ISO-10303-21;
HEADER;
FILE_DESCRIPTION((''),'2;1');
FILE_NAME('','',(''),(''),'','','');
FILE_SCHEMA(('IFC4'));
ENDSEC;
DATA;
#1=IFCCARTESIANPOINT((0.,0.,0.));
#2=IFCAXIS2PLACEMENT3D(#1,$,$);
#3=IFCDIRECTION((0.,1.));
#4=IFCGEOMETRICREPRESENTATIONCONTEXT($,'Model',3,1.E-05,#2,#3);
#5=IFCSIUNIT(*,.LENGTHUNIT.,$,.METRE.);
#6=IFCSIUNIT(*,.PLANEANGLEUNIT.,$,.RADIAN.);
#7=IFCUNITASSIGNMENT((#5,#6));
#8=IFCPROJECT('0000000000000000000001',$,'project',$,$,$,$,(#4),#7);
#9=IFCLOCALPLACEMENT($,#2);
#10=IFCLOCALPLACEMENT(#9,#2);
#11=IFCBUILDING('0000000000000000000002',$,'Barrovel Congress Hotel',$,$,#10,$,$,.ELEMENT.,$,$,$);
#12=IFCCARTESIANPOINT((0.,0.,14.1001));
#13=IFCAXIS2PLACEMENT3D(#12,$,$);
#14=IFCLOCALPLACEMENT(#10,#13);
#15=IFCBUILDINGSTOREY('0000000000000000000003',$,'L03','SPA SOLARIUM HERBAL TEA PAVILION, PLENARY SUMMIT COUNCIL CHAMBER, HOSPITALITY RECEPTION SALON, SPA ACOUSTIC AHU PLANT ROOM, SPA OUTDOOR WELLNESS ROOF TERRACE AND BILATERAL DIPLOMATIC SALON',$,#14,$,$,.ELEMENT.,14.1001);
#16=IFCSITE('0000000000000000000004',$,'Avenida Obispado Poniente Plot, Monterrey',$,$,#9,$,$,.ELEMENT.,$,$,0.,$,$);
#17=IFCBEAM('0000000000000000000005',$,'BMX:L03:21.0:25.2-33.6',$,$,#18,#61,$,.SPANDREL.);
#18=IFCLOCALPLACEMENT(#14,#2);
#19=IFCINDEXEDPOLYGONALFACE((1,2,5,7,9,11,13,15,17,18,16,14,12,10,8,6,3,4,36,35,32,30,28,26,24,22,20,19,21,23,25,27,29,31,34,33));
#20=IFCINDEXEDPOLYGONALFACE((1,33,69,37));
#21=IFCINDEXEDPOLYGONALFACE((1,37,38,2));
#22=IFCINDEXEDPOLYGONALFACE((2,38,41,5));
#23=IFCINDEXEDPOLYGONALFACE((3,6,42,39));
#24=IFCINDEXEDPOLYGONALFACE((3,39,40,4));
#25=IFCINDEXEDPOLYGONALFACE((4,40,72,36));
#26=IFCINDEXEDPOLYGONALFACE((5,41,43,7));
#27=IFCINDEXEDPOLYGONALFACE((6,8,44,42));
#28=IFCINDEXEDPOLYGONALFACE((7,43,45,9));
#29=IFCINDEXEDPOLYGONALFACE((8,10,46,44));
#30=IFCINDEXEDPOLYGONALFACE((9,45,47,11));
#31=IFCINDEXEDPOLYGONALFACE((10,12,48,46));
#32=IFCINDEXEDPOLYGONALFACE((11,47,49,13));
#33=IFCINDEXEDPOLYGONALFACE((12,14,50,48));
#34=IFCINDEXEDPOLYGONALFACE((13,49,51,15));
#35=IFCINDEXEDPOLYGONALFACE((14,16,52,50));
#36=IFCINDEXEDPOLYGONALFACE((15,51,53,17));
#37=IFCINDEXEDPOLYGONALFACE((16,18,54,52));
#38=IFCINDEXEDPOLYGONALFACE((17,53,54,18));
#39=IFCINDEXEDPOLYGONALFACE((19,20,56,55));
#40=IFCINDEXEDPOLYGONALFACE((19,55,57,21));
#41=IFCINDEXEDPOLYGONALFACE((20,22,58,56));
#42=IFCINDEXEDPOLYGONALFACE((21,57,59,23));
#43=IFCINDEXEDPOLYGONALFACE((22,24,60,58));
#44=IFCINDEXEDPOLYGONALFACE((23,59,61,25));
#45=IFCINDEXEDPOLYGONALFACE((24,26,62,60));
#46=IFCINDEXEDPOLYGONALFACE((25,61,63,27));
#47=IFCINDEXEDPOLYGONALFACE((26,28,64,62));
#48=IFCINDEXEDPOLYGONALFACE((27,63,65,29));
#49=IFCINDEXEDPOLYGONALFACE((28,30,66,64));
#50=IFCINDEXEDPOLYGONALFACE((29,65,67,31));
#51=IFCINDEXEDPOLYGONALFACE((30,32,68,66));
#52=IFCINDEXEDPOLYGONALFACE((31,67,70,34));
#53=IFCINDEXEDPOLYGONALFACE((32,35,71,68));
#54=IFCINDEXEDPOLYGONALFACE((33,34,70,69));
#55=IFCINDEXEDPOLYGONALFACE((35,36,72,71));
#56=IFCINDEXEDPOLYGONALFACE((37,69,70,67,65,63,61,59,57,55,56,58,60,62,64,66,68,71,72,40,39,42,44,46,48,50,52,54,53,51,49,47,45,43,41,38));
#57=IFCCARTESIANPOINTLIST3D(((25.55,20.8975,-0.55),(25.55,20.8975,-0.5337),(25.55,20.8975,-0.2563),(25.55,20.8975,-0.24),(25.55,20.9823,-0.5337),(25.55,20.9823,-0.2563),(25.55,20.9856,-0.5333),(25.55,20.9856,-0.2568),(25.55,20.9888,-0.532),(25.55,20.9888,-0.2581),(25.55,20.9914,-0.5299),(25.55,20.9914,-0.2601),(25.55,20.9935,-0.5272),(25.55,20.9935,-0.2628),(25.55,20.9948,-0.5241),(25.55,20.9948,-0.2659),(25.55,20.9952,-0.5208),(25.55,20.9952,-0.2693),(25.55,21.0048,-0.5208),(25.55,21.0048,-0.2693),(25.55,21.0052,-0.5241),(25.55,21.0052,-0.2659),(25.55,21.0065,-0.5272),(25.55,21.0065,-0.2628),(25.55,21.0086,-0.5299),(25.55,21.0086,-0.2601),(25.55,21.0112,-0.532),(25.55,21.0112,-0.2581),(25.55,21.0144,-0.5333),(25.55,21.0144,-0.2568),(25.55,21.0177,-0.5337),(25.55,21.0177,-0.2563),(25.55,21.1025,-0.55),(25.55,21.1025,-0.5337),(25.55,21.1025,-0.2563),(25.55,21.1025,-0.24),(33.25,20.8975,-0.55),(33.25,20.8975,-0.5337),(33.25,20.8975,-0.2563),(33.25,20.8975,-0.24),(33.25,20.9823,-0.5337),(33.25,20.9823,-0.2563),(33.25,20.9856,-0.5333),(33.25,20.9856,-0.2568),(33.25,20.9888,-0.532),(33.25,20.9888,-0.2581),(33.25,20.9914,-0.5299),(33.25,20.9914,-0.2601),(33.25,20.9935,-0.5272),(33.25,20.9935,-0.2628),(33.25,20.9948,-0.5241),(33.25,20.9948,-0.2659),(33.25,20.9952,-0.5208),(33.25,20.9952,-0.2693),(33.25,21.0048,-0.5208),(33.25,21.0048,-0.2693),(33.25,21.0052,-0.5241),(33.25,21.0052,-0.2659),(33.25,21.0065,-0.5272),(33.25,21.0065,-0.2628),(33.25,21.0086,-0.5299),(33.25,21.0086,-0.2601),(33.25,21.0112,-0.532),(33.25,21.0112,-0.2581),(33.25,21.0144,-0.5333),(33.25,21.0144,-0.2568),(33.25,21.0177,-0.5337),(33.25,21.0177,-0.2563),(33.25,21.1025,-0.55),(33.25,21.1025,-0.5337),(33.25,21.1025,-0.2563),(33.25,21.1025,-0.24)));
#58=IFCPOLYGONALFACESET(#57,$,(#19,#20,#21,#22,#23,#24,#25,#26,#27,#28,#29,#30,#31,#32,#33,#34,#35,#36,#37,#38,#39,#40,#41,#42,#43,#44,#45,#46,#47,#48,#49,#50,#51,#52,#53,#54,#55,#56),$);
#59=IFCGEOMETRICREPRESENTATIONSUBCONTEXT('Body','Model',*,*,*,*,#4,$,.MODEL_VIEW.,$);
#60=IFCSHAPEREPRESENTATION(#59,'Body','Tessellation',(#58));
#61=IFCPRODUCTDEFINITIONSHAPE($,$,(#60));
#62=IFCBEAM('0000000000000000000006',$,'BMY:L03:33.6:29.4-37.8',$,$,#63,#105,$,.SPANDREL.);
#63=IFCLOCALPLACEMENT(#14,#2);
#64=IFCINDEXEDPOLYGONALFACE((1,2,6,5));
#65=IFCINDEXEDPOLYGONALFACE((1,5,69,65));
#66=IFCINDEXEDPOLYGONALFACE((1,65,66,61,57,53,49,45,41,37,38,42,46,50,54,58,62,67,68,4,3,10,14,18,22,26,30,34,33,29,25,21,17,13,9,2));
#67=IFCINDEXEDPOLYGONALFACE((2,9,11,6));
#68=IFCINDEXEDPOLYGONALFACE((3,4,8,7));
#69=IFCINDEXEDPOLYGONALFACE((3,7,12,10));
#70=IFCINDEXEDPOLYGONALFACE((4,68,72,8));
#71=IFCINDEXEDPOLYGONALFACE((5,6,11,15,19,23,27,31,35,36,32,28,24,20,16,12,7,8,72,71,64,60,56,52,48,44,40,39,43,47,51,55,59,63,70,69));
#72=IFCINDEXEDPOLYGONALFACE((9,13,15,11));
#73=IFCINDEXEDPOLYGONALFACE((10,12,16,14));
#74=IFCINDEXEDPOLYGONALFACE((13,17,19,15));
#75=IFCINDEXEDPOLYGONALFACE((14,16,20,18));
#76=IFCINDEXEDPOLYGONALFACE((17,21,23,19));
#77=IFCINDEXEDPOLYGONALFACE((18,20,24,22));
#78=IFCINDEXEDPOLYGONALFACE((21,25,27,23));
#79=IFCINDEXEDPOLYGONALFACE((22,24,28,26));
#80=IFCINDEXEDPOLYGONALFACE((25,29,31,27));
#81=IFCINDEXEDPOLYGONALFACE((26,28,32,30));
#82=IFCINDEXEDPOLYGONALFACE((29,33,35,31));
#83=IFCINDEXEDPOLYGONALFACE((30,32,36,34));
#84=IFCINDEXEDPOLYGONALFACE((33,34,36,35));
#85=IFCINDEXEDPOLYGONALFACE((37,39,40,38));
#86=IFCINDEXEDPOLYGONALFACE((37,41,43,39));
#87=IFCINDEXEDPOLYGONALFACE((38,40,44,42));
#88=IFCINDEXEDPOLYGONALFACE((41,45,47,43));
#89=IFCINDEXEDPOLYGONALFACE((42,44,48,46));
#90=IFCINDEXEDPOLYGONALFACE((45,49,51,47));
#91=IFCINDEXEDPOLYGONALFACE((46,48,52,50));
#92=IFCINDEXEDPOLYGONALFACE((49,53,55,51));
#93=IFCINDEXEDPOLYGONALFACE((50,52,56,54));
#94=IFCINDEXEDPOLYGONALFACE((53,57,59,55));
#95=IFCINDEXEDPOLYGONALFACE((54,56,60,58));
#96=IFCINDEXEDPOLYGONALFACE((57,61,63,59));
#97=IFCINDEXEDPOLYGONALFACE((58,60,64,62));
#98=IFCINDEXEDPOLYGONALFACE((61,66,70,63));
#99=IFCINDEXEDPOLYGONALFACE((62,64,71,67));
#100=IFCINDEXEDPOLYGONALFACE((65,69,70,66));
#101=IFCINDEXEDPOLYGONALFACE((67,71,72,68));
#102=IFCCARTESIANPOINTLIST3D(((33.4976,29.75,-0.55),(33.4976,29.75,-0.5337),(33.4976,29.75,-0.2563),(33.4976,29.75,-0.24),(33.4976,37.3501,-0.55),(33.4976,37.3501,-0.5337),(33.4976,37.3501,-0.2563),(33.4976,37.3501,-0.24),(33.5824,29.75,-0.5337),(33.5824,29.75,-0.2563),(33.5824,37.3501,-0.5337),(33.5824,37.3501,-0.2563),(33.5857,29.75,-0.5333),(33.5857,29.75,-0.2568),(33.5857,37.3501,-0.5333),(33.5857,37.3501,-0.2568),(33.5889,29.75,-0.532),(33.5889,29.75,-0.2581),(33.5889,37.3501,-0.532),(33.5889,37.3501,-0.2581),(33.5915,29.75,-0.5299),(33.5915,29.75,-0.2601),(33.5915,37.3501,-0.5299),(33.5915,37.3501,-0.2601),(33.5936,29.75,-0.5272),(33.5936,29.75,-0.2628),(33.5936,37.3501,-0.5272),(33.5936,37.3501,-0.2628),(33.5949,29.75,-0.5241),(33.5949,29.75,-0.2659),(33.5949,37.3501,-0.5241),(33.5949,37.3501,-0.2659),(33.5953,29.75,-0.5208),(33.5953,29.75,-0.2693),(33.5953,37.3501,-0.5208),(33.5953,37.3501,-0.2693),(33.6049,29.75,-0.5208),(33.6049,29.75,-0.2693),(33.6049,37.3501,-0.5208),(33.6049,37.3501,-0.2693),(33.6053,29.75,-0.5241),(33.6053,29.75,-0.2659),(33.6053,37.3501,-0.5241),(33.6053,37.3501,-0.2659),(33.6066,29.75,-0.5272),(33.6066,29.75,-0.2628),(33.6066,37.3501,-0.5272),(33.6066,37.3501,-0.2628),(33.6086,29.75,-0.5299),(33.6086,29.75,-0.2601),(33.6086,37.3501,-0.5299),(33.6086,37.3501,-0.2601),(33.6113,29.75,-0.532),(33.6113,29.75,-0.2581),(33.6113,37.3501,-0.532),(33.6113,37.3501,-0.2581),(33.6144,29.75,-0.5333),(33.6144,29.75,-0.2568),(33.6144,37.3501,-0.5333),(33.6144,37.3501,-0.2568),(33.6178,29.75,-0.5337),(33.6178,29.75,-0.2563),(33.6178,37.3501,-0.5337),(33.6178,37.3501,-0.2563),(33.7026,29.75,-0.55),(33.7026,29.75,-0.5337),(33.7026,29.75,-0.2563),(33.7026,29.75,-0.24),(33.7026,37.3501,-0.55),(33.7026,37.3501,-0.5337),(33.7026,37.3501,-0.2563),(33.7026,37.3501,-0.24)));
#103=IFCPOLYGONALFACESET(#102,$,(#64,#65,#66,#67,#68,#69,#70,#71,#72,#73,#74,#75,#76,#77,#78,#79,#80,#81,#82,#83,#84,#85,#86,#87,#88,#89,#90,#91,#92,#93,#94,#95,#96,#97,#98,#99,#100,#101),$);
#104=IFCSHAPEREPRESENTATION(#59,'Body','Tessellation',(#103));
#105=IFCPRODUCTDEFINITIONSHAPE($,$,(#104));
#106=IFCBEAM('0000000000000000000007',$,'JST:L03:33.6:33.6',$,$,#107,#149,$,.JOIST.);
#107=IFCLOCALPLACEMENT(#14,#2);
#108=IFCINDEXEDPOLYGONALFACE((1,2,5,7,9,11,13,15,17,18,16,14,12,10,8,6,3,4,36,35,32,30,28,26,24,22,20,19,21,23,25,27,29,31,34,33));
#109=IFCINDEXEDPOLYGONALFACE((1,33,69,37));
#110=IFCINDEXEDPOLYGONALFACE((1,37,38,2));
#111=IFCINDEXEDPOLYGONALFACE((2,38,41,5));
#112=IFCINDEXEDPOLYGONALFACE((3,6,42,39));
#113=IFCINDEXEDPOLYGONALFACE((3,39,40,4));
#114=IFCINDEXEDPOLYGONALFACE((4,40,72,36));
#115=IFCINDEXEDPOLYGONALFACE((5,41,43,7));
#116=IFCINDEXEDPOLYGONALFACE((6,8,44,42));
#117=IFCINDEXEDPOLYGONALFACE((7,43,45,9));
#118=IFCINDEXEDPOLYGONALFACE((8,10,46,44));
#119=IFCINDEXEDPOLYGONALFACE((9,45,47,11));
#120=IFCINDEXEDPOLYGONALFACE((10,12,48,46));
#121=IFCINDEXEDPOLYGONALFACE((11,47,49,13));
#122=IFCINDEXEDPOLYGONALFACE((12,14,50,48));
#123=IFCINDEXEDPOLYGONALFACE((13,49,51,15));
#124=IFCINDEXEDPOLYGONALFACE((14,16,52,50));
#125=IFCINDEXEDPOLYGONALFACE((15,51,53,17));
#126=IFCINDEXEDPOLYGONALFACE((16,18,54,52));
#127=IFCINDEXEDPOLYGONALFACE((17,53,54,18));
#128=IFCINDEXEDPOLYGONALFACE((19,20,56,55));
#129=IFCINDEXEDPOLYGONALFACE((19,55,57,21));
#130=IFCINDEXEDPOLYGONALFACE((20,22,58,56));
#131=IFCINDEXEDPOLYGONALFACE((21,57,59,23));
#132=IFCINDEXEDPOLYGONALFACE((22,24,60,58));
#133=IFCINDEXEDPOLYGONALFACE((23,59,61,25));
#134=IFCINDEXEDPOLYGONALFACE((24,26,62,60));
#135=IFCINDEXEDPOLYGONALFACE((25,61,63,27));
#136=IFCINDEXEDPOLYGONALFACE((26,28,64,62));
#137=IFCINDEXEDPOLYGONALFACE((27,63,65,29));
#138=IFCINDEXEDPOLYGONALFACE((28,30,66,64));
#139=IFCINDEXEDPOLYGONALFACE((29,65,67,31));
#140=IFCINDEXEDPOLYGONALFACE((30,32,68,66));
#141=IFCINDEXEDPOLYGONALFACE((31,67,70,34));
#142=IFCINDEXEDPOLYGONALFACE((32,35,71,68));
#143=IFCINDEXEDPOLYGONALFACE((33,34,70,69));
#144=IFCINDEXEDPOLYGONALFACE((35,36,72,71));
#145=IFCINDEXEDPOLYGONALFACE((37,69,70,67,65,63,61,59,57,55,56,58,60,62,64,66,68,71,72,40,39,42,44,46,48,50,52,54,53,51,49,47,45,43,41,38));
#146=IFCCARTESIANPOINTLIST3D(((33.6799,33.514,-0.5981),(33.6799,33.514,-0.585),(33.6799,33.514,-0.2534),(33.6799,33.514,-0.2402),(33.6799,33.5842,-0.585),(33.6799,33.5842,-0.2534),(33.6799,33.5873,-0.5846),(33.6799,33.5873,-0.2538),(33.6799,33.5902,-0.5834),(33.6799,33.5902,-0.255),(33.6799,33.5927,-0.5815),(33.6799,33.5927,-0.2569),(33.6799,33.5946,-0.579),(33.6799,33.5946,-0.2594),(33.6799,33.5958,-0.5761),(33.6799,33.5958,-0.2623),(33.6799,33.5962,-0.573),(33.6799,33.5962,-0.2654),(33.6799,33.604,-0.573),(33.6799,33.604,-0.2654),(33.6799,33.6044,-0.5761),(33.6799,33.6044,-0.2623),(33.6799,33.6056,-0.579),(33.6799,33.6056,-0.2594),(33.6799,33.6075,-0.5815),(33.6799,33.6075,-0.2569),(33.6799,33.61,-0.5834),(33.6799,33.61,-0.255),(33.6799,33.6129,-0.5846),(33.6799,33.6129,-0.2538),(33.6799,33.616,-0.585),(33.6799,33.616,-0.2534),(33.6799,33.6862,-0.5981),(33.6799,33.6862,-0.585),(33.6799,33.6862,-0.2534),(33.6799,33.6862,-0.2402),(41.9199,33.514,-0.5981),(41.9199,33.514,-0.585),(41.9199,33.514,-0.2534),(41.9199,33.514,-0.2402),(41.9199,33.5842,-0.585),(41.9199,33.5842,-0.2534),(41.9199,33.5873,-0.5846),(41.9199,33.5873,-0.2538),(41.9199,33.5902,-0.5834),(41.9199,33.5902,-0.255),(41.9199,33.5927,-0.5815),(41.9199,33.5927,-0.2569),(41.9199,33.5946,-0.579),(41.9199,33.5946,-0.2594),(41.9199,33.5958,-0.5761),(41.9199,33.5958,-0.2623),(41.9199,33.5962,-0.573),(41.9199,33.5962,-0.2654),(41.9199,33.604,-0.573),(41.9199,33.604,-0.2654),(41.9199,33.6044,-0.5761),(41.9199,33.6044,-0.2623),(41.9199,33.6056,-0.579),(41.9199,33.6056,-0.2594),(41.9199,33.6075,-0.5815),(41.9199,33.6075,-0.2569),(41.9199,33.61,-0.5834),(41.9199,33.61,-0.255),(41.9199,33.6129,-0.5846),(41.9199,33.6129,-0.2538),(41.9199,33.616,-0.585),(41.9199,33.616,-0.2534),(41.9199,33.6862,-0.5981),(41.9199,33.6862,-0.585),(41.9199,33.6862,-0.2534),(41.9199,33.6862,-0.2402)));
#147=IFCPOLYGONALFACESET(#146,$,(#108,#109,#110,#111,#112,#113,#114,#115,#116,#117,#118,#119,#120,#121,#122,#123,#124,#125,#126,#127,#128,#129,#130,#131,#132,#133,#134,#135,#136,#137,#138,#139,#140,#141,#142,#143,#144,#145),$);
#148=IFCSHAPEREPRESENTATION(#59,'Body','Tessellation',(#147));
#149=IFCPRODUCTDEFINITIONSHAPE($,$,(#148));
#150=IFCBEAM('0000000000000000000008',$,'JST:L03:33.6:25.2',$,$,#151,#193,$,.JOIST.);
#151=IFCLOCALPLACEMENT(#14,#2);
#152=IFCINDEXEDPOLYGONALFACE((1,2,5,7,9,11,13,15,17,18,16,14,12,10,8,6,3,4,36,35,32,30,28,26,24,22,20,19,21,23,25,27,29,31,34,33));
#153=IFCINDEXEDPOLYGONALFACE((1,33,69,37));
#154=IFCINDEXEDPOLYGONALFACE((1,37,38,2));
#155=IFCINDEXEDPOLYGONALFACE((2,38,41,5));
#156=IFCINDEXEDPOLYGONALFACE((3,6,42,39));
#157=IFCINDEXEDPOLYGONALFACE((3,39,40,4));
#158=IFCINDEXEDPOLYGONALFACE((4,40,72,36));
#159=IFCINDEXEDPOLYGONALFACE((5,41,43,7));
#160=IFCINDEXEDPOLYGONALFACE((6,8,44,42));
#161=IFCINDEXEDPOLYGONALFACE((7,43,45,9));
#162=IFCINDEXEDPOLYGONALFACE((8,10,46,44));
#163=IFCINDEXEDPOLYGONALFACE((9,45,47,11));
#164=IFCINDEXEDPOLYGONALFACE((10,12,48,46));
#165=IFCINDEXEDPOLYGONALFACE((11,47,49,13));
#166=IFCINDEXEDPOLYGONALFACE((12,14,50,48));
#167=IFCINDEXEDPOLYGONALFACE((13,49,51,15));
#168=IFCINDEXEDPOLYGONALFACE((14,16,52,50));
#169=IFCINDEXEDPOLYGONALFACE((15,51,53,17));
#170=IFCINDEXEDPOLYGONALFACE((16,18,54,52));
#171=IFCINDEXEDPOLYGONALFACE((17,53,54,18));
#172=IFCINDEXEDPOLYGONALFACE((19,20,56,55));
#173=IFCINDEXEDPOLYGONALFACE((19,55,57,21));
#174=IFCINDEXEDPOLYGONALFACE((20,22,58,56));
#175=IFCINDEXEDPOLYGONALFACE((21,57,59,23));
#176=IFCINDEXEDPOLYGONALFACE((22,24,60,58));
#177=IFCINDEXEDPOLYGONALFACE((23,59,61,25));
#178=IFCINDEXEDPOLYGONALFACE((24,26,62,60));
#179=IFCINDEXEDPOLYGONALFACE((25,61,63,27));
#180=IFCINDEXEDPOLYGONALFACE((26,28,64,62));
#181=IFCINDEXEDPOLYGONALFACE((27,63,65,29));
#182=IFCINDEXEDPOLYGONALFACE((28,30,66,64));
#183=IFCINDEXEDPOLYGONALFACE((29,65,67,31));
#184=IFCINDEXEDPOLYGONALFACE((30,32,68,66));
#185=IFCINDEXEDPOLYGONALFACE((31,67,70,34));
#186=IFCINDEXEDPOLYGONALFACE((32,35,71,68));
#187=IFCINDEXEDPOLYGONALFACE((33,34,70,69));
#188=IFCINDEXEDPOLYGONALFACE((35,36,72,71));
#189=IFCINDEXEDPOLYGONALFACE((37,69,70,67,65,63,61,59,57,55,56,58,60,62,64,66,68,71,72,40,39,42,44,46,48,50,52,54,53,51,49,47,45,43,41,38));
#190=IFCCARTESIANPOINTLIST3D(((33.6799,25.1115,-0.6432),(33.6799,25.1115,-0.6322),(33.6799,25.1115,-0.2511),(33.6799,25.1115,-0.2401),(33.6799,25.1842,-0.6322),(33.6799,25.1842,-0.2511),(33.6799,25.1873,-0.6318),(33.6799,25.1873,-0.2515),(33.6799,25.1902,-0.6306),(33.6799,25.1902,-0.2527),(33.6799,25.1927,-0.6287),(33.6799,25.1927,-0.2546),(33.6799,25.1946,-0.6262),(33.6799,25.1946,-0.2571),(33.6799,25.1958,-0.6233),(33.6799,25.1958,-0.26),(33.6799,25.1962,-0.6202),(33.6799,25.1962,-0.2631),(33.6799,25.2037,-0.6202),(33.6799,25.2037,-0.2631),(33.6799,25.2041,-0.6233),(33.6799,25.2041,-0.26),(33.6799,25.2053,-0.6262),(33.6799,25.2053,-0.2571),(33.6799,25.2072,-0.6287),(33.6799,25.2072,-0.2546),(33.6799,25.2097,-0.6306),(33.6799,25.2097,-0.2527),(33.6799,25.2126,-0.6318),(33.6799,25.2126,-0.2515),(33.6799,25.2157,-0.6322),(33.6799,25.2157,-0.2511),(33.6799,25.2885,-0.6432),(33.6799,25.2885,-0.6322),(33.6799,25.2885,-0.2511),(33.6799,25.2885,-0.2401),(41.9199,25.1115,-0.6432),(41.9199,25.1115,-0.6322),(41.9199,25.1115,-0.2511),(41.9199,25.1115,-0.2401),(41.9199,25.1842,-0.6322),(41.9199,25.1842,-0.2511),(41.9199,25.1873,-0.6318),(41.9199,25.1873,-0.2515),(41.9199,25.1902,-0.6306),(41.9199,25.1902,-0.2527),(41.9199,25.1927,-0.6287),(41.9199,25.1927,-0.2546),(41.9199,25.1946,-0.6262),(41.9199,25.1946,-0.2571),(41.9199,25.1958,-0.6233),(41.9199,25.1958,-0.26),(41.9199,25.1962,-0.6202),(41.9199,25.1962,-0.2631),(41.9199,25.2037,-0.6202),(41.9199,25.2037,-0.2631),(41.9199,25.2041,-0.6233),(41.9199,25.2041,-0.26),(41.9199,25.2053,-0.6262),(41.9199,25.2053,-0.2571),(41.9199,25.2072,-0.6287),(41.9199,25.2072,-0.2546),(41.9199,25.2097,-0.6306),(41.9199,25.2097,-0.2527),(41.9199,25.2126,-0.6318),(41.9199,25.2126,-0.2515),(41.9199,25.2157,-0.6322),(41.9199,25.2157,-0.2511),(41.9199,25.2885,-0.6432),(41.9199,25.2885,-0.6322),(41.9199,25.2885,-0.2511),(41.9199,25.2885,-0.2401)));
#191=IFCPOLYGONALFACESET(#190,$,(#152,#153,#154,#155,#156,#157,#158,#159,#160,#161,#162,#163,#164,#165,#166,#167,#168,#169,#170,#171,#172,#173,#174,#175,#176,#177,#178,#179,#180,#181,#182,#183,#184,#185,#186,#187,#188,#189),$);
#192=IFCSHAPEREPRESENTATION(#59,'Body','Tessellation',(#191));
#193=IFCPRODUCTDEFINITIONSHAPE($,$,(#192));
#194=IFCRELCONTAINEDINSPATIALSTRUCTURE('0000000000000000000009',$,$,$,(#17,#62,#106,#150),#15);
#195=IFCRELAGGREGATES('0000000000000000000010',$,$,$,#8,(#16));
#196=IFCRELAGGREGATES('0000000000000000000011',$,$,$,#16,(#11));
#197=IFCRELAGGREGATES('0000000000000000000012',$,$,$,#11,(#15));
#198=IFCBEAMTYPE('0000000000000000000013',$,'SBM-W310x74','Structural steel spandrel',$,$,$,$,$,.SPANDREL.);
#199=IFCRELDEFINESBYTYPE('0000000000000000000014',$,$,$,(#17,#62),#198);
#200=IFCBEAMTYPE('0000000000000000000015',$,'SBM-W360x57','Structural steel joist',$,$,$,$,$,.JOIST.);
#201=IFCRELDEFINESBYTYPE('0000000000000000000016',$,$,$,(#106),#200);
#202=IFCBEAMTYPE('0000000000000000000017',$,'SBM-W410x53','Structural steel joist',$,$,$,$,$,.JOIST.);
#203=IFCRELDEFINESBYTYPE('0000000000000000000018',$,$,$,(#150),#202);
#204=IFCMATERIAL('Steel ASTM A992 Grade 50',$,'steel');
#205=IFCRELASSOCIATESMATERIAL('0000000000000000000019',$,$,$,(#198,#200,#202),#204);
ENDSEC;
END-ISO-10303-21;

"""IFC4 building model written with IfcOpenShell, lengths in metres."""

from ifc_helpers import new_model, si_unit, direction, frame, origin, origin_2d, place, context, subcontext, project, spatial, i_section, extrude, material, material_profile, profile_set, type_object, element, save


model = new_model("IFC4")

# Units and contexts
model_context = context("Model", 3, precision=1e-05, world=origin(), true_north=direction((0.0, 1.0)))
body_context = subcontext(model_context, "Body", "Model", "MODEL_VIEW")
ifc_project = project(units=[si_unit("LENGTHUNIT", "METRE"), si_unit("PLANEANGLEUNIT", "RADIAN")], contexts=[model_context])

# Site, building, storey
site_placement = place(None, origin())
site = spatial("IfcSite", under=ifc_project, at=site_placement, Name="Avenida Obispado Poniente Plot, Monterrey", CompositionType="ELEMENT", RefElevation=0.0)
building_placement = place(site_placement, origin())
building = spatial("IfcBuilding", under=site, at=building_placement, Name="Barrovel Congress Hotel", CompositionType="ELEMENT")
storey_placement = place(building_placement, frame((0.0, 0.0, 14.1001)))
storey = spatial("IfcBuildingStorey", under=building, at=storey_placement, Name="L03", Description="SPA SOLARIUM HERBAL TEA PAVILION, PLENARY SUMMIT COUNCIL CHAMBER, HOSPITALITY RECEPTION SALON, SPA ACOUSTIC AHU PLANT ROOM, SPA OUTDOOR WELLNESS ROOF TERRACE AND BILATERAL DIPLOMATIC SALON", CompositionType="ELEMENT", Elevation=14.1001)

# Beams
ifc_material_1 = material(Name="Steel ASTM A992 Grade 50", Category="steel")
ifc_material_profile_1 = material_profile(ifc_material_1, i_section(OverallWidth=0.2051, OverallDepth=0.3101, WebThickness=0.0095, FlangeThickness=0.0164, FilletRadius=0.0129, at=origin_2d()), Name="W310x74")
ifc_profile_set_1 = profile_set([ifc_material_profile_1], Name="Steel ASTM A992 Grade 50")
beam_type_1 = type_object("IfcBeamType", Name="SBM-W310x74", Description="Structural steel spandrel", PredefinedType="SPANDREL", material=ifc_profile_set_1)
beam_1_placement = place(storey_placement, frame((25.55, 21.0, -0.395), z_axis=(1.0, 0.0, 0.0), x_axis=(0.0, 1.0, 0.0)))
element("IfcBeam", 1, at=beam_1_placement, inside=storey, type_object=beam_type_1, Name="BMX:L03:21.0:25.2-33.6", PredefinedType="SPANDREL", context=body_context, shape_type="SweptSolid", body=[
    extrude(i_section(OverallWidth=0.2051, OverallDepth=0.3101, WebThickness=0.0095, FlangeThickness=0.0164, FilletRadius=0.0129, at=origin_2d()), origin(), (0.0, 0.0, 1.0), 7.7),
])
beam_2_placement = place(storey_placement, frame((33.6001, 29.75, -0.395), z_axis=(0.0, 1.0, 0.0), x_axis=(-1.0, 0.0, 0.0)))
element("IfcBeam", 2, at=beam_2_placement, inside=storey, type_object=beam_type_1, Name="BMY:L03:33.6:29.4-37.8", PredefinedType="SPANDREL", context=body_context, shape_type="SweptSolid", body=[
    extrude(i_section(OverallWidth=0.2051, OverallDepth=0.3101, WebThickness=0.0095, FlangeThickness=0.0164, FilletRadius=0.0129, at=origin_2d()), origin(), (0.0, 0.0, 1.0), 7.6001),
])
ifc_material_profile_2 = material_profile(ifc_material_1, i_section(OverallWidth=0.1721, OverallDepth=0.3579, WebThickness=0.0078, FlangeThickness=0.0132, FilletRadius=0.012, at=origin_2d()), Name="W360x57")
ifc_profile_set_2 = profile_set([ifc_material_profile_2], Name="Steel ASTM A992 Grade 50")
beam_type_2 = type_object("IfcBeamType", Name="SBM-W360x57", Description="Structural steel joist", PredefinedType="JOIST", material=ifc_profile_set_2)
beam_3_placement = place(storey_placement, frame((33.6799, 33.6001, -0.4192), z_axis=(1.0, 0.0, 0.0), x_axis=(0.0, 1.0, 0.0)))
element("IfcBeam", 3, at=beam_3_placement, inside=storey, type_object=beam_type_2, Name="JST:L03:33.6:33.6", PredefinedType="JOIST", context=body_context, shape_type="SweptSolid", body=[
    extrude(i_section(OverallWidth=0.1721, OverallDepth=0.3579, WebThickness=0.0078, FlangeThickness=0.0132, FilletRadius=0.012, at=origin_2d()), origin(), (0.0, 0.0, 1.0), 8.24),
])
ifc_material_profile_3 = material_profile(ifc_material_1, i_section(OverallWidth=0.177, OverallDepth=0.4031, WebThickness=0.0076, FlangeThickness=0.011, FilletRadius=0.012, at=origin_2d()), Name="W410x53")
ifc_profile_set_3 = profile_set([ifc_material_profile_3], Name="Steel ASTM A992 Grade 50")
beam_type_3 = type_object("IfcBeamType", Name="SBM-W410x53", Description="Structural steel joist", PredefinedType="JOIST", material=ifc_profile_set_3)
beam_4_placement = place(storey_placement, frame((33.6799, 25.2, -0.4417), z_axis=(1.0, 0.0, 0.0), x_axis=(0.0, 1.0, 0.0)))
element("IfcBeam", 4, at=beam_4_placement, inside=storey, type_object=beam_type_3, Name="JST:L03:33.6:25.2", PredefinedType="JOIST", context=body_context, shape_type="SweptSolid", body=[
    extrude(i_section(OverallWidth=0.177, OverallDepth=0.4031, WebThickness=0.0076, FlangeThickness=0.011, FilletRadius=0.012, at=origin_2d()), origin(), (0.0, 0.0, 1.0), 8.24),
])

save(model, "model.ifc")
